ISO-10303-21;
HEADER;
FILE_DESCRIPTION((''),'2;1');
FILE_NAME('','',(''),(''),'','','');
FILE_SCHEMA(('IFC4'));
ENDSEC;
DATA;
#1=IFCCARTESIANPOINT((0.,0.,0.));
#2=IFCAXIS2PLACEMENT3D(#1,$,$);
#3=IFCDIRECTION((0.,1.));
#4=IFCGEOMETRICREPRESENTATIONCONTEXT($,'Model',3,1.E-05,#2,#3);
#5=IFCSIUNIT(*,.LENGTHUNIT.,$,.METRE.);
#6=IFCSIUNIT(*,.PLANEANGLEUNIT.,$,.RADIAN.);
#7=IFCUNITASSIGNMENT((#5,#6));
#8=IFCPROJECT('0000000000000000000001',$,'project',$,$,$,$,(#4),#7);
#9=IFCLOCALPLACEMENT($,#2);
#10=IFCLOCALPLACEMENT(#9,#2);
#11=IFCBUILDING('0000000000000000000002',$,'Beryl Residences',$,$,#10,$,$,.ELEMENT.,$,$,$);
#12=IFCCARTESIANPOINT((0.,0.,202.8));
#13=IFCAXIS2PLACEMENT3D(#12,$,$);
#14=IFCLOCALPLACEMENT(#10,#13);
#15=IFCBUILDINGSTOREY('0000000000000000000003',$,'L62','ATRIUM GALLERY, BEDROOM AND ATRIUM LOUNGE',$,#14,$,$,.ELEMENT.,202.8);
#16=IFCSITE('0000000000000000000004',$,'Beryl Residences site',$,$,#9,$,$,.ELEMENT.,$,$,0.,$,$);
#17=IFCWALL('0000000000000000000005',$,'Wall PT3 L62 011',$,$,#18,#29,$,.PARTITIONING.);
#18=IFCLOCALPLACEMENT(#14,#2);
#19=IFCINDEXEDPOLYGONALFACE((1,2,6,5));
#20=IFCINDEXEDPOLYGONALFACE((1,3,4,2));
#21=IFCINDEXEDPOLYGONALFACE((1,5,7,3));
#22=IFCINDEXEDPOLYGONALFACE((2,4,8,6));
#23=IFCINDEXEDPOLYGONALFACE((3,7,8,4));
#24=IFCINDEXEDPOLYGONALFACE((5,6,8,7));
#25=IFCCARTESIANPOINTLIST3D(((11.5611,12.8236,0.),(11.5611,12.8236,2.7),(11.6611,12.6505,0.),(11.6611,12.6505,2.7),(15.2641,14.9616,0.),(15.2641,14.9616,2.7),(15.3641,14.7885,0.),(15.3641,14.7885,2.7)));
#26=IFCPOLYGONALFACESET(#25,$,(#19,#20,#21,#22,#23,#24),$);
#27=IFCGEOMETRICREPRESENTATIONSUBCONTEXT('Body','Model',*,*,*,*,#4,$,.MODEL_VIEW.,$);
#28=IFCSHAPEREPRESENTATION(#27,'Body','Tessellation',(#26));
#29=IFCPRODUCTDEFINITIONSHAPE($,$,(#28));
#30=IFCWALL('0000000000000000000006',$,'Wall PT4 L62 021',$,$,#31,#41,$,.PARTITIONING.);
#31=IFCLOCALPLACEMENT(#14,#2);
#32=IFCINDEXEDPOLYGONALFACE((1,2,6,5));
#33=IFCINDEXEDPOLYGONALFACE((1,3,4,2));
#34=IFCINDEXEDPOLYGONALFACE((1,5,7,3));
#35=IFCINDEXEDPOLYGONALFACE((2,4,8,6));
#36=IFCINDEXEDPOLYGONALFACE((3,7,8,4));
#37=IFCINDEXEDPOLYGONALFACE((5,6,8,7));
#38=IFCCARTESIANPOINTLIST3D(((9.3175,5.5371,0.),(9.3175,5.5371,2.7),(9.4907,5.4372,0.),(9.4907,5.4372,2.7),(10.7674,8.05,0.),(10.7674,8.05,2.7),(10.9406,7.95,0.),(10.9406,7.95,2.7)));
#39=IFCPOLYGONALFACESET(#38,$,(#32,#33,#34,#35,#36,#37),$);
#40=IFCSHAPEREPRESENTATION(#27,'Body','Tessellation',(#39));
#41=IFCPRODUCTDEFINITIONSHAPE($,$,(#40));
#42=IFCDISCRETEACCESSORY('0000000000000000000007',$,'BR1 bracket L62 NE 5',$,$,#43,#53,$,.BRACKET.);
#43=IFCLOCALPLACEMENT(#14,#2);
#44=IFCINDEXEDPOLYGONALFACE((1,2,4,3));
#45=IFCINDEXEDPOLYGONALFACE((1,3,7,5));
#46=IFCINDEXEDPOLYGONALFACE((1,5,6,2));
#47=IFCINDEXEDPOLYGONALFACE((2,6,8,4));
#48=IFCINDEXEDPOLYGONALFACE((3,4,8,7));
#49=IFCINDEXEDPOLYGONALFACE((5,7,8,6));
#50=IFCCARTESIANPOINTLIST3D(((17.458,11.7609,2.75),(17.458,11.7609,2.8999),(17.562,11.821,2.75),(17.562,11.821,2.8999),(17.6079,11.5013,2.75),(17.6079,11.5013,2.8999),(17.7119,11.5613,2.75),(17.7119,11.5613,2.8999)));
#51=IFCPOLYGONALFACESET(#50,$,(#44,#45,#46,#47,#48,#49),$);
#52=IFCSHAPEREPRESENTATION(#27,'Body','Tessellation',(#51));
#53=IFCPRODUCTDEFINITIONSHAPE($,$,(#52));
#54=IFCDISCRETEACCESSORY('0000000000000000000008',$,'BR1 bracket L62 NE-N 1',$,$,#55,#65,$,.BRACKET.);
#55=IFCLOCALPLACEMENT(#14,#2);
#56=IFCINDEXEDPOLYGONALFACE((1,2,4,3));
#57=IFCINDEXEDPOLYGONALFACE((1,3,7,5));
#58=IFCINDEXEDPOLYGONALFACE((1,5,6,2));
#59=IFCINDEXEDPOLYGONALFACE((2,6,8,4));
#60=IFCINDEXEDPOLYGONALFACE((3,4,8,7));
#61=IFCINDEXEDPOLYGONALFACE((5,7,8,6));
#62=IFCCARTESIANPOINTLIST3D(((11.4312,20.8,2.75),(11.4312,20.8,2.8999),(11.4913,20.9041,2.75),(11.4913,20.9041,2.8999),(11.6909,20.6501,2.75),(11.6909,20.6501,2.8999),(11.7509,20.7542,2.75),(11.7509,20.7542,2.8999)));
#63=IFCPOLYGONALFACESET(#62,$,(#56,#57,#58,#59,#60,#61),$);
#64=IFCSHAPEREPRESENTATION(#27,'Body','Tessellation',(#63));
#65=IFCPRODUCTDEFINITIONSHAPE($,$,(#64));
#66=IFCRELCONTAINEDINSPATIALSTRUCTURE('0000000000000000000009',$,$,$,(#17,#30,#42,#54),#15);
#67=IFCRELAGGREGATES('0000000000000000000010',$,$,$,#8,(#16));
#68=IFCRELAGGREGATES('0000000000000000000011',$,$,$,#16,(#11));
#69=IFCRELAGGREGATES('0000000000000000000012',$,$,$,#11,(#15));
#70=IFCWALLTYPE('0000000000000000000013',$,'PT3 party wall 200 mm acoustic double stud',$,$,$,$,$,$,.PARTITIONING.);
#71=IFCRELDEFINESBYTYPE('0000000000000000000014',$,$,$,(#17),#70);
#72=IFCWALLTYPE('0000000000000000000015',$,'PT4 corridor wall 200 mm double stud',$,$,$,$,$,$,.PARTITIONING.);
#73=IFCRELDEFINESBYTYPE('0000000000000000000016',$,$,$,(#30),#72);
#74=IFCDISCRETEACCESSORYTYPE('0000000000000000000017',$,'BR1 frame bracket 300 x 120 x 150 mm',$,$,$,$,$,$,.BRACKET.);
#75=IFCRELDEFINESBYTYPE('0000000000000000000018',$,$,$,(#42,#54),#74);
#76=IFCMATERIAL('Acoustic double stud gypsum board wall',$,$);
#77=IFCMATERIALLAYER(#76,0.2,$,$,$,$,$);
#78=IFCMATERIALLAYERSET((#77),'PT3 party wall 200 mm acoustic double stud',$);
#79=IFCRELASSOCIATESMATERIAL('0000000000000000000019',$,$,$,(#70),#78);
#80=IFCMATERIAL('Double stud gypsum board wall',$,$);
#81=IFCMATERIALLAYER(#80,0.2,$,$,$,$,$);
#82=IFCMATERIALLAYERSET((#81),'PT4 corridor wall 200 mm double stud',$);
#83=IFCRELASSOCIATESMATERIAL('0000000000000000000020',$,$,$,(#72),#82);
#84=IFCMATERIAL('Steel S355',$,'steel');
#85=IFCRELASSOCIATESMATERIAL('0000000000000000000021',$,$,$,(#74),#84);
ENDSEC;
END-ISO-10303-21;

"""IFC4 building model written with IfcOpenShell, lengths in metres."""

from ifc_helpers import new_model, si_unit, direction, frame, frame_2d, origin, place, context, subcontext, project, spatial, polyline, rectangle, outline, extrude, source, transform, mapped, material, layer, layer_set, type_object, type_shapes, element, save


model = new_model("IFC4")

# Units and contexts
model_context = context("Model", 3, precision=1e-05, world=origin(), true_north=direction((0.0, 1.0)))
body_context = subcontext(model_context, "Body", "Model", "MODEL_VIEW")
ifc_project = project(units=[si_unit("LENGTHUNIT", "METRE"), si_unit("PLANEANGLEUNIT", "RADIAN")], contexts=[model_context])

# Site, building, storey
site_placement = place(None, origin())
site = spatial("IfcSite", under=ifc_project, at=site_placement, Name="Beryl Residences site", CompositionType="ELEMENT", RefElevation=0.0)
building_placement = place(site_placement, origin())
building = spatial("IfcBuilding", under=site, at=building_placement, Name="Beryl Residences", CompositionType="ELEMENT")
storey_placement = place(building_placement, frame((0.0, 0.0, 202.8)))
storey = spatial("IfcBuildingStorey", under=building, at=storey_placement, Name="L62", Description="ATRIUM GALLERY, BEDROOM AND ATRIUM LOUNGE", CompositionType="ELEMENT", Elevation=202.8)

# Walls
ifc_material_1 = material(Name="Acoustic double stud gypsum board wall")
ifc_layer_1 = layer(ifc_material_1, 0.2)
ifc_layer_set_1 = layer_set([ifc_layer_1], Name="PT3 party wall 200 mm acoustic double stud")
wall_type_1 = type_object("IfcWallType", Name="PT3 party wall 200 mm acoustic double stud", PredefinedType="PARTITIONING", material=ifc_layer_set_1)
wall_1_placement = place(storey_placement, frame((11.6111, 12.7371, 0.0), z_axis=(0.0, 0.0, 1.0), x_axis=(0.866017, 0.500014, 0.0)))
element("IfcWall", 1, at=wall_1_placement, inside=storey, type_object=wall_type_1, Name="Wall PT3 L62 011", PredefinedType="PARTITIONING", context=body_context, shape_type="SweptSolid", body=[
    extrude(rectangle(XDim=4.2759, YDim=0.2, at=frame_2d((2.1379, 0.0))), origin(), (0.0, 0.0, 1.0), 2.7),
])
ifc_material_2 = material(Name="Double stud gypsum board wall")
ifc_layer_2 = layer(ifc_material_2, 0.2)
ifc_layer_set_2 = layer_set([ifc_layer_2], Name="PT4 corridor wall 200 mm double stud")
wall_type_2 = type_object("IfcWallType", Name="PT4 corridor wall 200 mm double stud", PredefinedType="PARTITIONING", material=ifc_layer_set_2)
wall_2_placement = place(storey_placement, frame((9.4041, 5.4871, 0.0), z_axis=(0.0, 0.0, 1.0), x_axis=(0.499769, 0.866159, 0.0)))
element("IfcWall", 2, at=wall_2_placement, inside=storey, type_object=wall_type_2, Name="Wall PT4 L62 021", PredefinedType="PARTITIONING", context=body_context, shape_type="SweptSolid", body=[
    extrude(rectangle(XDim=2.9011, YDim=0.2, at=frame_2d((1.4507, 0.0))), origin(), (0.0, 0.0, 1.0), 2.7),
])

# Discrete accessories
ifc_material_3 = material(Name="Steel S355", Category="steel")
discrete_accessory_type = type_object("IfcDiscreteAccessoryType", Name="BR1 frame bracket 300 x 120 x 150 mm", PredefinedType="BRACKET", material=ifc_material_3)
shared_shape_1 = source(origin(), body_context, "Body", "SweptSolid", [
    extrude(outline(polyline([(-0.1499, 0.0), (0.1499, 0.0), (0.1499, 0.1201), (-0.1499, 0.1201), (-0.1499, 0.0)])), origin(), (0.0, 0.0, 1.0), 0.1499),
])
type_shapes(discrete_accessory_type, [shared_shape_1])
for number, where, z_axis, x_axis, name in (
    (3, (17.533, 11.6311, 2.75), (0.0, 0.0, 1.0), (0.5, -0.866025, 0.0), "BR1 bracket L62 NE 5"),
    (4, (11.561, 20.7251, 2.75), (0.0, 0.0, 1.0), (0.866025, -0.5, 0.0), "BR1 bracket L62 NE-N 1"),
):
    element("IfcDiscreteAccessory", number, at=place(storey_placement, frame(where, z_axis=z_axis, x_axis=x_axis)), inside=storey, type_object=discrete_accessory_type, Name=name, PredefinedType="BRACKET", context=body_context, shape_type="MappedRepresentation", body=[
        mapped(shared_shape_1, transform((0.0, 0.0, 0.0))),
    ])

save(model, "model.ifc")
